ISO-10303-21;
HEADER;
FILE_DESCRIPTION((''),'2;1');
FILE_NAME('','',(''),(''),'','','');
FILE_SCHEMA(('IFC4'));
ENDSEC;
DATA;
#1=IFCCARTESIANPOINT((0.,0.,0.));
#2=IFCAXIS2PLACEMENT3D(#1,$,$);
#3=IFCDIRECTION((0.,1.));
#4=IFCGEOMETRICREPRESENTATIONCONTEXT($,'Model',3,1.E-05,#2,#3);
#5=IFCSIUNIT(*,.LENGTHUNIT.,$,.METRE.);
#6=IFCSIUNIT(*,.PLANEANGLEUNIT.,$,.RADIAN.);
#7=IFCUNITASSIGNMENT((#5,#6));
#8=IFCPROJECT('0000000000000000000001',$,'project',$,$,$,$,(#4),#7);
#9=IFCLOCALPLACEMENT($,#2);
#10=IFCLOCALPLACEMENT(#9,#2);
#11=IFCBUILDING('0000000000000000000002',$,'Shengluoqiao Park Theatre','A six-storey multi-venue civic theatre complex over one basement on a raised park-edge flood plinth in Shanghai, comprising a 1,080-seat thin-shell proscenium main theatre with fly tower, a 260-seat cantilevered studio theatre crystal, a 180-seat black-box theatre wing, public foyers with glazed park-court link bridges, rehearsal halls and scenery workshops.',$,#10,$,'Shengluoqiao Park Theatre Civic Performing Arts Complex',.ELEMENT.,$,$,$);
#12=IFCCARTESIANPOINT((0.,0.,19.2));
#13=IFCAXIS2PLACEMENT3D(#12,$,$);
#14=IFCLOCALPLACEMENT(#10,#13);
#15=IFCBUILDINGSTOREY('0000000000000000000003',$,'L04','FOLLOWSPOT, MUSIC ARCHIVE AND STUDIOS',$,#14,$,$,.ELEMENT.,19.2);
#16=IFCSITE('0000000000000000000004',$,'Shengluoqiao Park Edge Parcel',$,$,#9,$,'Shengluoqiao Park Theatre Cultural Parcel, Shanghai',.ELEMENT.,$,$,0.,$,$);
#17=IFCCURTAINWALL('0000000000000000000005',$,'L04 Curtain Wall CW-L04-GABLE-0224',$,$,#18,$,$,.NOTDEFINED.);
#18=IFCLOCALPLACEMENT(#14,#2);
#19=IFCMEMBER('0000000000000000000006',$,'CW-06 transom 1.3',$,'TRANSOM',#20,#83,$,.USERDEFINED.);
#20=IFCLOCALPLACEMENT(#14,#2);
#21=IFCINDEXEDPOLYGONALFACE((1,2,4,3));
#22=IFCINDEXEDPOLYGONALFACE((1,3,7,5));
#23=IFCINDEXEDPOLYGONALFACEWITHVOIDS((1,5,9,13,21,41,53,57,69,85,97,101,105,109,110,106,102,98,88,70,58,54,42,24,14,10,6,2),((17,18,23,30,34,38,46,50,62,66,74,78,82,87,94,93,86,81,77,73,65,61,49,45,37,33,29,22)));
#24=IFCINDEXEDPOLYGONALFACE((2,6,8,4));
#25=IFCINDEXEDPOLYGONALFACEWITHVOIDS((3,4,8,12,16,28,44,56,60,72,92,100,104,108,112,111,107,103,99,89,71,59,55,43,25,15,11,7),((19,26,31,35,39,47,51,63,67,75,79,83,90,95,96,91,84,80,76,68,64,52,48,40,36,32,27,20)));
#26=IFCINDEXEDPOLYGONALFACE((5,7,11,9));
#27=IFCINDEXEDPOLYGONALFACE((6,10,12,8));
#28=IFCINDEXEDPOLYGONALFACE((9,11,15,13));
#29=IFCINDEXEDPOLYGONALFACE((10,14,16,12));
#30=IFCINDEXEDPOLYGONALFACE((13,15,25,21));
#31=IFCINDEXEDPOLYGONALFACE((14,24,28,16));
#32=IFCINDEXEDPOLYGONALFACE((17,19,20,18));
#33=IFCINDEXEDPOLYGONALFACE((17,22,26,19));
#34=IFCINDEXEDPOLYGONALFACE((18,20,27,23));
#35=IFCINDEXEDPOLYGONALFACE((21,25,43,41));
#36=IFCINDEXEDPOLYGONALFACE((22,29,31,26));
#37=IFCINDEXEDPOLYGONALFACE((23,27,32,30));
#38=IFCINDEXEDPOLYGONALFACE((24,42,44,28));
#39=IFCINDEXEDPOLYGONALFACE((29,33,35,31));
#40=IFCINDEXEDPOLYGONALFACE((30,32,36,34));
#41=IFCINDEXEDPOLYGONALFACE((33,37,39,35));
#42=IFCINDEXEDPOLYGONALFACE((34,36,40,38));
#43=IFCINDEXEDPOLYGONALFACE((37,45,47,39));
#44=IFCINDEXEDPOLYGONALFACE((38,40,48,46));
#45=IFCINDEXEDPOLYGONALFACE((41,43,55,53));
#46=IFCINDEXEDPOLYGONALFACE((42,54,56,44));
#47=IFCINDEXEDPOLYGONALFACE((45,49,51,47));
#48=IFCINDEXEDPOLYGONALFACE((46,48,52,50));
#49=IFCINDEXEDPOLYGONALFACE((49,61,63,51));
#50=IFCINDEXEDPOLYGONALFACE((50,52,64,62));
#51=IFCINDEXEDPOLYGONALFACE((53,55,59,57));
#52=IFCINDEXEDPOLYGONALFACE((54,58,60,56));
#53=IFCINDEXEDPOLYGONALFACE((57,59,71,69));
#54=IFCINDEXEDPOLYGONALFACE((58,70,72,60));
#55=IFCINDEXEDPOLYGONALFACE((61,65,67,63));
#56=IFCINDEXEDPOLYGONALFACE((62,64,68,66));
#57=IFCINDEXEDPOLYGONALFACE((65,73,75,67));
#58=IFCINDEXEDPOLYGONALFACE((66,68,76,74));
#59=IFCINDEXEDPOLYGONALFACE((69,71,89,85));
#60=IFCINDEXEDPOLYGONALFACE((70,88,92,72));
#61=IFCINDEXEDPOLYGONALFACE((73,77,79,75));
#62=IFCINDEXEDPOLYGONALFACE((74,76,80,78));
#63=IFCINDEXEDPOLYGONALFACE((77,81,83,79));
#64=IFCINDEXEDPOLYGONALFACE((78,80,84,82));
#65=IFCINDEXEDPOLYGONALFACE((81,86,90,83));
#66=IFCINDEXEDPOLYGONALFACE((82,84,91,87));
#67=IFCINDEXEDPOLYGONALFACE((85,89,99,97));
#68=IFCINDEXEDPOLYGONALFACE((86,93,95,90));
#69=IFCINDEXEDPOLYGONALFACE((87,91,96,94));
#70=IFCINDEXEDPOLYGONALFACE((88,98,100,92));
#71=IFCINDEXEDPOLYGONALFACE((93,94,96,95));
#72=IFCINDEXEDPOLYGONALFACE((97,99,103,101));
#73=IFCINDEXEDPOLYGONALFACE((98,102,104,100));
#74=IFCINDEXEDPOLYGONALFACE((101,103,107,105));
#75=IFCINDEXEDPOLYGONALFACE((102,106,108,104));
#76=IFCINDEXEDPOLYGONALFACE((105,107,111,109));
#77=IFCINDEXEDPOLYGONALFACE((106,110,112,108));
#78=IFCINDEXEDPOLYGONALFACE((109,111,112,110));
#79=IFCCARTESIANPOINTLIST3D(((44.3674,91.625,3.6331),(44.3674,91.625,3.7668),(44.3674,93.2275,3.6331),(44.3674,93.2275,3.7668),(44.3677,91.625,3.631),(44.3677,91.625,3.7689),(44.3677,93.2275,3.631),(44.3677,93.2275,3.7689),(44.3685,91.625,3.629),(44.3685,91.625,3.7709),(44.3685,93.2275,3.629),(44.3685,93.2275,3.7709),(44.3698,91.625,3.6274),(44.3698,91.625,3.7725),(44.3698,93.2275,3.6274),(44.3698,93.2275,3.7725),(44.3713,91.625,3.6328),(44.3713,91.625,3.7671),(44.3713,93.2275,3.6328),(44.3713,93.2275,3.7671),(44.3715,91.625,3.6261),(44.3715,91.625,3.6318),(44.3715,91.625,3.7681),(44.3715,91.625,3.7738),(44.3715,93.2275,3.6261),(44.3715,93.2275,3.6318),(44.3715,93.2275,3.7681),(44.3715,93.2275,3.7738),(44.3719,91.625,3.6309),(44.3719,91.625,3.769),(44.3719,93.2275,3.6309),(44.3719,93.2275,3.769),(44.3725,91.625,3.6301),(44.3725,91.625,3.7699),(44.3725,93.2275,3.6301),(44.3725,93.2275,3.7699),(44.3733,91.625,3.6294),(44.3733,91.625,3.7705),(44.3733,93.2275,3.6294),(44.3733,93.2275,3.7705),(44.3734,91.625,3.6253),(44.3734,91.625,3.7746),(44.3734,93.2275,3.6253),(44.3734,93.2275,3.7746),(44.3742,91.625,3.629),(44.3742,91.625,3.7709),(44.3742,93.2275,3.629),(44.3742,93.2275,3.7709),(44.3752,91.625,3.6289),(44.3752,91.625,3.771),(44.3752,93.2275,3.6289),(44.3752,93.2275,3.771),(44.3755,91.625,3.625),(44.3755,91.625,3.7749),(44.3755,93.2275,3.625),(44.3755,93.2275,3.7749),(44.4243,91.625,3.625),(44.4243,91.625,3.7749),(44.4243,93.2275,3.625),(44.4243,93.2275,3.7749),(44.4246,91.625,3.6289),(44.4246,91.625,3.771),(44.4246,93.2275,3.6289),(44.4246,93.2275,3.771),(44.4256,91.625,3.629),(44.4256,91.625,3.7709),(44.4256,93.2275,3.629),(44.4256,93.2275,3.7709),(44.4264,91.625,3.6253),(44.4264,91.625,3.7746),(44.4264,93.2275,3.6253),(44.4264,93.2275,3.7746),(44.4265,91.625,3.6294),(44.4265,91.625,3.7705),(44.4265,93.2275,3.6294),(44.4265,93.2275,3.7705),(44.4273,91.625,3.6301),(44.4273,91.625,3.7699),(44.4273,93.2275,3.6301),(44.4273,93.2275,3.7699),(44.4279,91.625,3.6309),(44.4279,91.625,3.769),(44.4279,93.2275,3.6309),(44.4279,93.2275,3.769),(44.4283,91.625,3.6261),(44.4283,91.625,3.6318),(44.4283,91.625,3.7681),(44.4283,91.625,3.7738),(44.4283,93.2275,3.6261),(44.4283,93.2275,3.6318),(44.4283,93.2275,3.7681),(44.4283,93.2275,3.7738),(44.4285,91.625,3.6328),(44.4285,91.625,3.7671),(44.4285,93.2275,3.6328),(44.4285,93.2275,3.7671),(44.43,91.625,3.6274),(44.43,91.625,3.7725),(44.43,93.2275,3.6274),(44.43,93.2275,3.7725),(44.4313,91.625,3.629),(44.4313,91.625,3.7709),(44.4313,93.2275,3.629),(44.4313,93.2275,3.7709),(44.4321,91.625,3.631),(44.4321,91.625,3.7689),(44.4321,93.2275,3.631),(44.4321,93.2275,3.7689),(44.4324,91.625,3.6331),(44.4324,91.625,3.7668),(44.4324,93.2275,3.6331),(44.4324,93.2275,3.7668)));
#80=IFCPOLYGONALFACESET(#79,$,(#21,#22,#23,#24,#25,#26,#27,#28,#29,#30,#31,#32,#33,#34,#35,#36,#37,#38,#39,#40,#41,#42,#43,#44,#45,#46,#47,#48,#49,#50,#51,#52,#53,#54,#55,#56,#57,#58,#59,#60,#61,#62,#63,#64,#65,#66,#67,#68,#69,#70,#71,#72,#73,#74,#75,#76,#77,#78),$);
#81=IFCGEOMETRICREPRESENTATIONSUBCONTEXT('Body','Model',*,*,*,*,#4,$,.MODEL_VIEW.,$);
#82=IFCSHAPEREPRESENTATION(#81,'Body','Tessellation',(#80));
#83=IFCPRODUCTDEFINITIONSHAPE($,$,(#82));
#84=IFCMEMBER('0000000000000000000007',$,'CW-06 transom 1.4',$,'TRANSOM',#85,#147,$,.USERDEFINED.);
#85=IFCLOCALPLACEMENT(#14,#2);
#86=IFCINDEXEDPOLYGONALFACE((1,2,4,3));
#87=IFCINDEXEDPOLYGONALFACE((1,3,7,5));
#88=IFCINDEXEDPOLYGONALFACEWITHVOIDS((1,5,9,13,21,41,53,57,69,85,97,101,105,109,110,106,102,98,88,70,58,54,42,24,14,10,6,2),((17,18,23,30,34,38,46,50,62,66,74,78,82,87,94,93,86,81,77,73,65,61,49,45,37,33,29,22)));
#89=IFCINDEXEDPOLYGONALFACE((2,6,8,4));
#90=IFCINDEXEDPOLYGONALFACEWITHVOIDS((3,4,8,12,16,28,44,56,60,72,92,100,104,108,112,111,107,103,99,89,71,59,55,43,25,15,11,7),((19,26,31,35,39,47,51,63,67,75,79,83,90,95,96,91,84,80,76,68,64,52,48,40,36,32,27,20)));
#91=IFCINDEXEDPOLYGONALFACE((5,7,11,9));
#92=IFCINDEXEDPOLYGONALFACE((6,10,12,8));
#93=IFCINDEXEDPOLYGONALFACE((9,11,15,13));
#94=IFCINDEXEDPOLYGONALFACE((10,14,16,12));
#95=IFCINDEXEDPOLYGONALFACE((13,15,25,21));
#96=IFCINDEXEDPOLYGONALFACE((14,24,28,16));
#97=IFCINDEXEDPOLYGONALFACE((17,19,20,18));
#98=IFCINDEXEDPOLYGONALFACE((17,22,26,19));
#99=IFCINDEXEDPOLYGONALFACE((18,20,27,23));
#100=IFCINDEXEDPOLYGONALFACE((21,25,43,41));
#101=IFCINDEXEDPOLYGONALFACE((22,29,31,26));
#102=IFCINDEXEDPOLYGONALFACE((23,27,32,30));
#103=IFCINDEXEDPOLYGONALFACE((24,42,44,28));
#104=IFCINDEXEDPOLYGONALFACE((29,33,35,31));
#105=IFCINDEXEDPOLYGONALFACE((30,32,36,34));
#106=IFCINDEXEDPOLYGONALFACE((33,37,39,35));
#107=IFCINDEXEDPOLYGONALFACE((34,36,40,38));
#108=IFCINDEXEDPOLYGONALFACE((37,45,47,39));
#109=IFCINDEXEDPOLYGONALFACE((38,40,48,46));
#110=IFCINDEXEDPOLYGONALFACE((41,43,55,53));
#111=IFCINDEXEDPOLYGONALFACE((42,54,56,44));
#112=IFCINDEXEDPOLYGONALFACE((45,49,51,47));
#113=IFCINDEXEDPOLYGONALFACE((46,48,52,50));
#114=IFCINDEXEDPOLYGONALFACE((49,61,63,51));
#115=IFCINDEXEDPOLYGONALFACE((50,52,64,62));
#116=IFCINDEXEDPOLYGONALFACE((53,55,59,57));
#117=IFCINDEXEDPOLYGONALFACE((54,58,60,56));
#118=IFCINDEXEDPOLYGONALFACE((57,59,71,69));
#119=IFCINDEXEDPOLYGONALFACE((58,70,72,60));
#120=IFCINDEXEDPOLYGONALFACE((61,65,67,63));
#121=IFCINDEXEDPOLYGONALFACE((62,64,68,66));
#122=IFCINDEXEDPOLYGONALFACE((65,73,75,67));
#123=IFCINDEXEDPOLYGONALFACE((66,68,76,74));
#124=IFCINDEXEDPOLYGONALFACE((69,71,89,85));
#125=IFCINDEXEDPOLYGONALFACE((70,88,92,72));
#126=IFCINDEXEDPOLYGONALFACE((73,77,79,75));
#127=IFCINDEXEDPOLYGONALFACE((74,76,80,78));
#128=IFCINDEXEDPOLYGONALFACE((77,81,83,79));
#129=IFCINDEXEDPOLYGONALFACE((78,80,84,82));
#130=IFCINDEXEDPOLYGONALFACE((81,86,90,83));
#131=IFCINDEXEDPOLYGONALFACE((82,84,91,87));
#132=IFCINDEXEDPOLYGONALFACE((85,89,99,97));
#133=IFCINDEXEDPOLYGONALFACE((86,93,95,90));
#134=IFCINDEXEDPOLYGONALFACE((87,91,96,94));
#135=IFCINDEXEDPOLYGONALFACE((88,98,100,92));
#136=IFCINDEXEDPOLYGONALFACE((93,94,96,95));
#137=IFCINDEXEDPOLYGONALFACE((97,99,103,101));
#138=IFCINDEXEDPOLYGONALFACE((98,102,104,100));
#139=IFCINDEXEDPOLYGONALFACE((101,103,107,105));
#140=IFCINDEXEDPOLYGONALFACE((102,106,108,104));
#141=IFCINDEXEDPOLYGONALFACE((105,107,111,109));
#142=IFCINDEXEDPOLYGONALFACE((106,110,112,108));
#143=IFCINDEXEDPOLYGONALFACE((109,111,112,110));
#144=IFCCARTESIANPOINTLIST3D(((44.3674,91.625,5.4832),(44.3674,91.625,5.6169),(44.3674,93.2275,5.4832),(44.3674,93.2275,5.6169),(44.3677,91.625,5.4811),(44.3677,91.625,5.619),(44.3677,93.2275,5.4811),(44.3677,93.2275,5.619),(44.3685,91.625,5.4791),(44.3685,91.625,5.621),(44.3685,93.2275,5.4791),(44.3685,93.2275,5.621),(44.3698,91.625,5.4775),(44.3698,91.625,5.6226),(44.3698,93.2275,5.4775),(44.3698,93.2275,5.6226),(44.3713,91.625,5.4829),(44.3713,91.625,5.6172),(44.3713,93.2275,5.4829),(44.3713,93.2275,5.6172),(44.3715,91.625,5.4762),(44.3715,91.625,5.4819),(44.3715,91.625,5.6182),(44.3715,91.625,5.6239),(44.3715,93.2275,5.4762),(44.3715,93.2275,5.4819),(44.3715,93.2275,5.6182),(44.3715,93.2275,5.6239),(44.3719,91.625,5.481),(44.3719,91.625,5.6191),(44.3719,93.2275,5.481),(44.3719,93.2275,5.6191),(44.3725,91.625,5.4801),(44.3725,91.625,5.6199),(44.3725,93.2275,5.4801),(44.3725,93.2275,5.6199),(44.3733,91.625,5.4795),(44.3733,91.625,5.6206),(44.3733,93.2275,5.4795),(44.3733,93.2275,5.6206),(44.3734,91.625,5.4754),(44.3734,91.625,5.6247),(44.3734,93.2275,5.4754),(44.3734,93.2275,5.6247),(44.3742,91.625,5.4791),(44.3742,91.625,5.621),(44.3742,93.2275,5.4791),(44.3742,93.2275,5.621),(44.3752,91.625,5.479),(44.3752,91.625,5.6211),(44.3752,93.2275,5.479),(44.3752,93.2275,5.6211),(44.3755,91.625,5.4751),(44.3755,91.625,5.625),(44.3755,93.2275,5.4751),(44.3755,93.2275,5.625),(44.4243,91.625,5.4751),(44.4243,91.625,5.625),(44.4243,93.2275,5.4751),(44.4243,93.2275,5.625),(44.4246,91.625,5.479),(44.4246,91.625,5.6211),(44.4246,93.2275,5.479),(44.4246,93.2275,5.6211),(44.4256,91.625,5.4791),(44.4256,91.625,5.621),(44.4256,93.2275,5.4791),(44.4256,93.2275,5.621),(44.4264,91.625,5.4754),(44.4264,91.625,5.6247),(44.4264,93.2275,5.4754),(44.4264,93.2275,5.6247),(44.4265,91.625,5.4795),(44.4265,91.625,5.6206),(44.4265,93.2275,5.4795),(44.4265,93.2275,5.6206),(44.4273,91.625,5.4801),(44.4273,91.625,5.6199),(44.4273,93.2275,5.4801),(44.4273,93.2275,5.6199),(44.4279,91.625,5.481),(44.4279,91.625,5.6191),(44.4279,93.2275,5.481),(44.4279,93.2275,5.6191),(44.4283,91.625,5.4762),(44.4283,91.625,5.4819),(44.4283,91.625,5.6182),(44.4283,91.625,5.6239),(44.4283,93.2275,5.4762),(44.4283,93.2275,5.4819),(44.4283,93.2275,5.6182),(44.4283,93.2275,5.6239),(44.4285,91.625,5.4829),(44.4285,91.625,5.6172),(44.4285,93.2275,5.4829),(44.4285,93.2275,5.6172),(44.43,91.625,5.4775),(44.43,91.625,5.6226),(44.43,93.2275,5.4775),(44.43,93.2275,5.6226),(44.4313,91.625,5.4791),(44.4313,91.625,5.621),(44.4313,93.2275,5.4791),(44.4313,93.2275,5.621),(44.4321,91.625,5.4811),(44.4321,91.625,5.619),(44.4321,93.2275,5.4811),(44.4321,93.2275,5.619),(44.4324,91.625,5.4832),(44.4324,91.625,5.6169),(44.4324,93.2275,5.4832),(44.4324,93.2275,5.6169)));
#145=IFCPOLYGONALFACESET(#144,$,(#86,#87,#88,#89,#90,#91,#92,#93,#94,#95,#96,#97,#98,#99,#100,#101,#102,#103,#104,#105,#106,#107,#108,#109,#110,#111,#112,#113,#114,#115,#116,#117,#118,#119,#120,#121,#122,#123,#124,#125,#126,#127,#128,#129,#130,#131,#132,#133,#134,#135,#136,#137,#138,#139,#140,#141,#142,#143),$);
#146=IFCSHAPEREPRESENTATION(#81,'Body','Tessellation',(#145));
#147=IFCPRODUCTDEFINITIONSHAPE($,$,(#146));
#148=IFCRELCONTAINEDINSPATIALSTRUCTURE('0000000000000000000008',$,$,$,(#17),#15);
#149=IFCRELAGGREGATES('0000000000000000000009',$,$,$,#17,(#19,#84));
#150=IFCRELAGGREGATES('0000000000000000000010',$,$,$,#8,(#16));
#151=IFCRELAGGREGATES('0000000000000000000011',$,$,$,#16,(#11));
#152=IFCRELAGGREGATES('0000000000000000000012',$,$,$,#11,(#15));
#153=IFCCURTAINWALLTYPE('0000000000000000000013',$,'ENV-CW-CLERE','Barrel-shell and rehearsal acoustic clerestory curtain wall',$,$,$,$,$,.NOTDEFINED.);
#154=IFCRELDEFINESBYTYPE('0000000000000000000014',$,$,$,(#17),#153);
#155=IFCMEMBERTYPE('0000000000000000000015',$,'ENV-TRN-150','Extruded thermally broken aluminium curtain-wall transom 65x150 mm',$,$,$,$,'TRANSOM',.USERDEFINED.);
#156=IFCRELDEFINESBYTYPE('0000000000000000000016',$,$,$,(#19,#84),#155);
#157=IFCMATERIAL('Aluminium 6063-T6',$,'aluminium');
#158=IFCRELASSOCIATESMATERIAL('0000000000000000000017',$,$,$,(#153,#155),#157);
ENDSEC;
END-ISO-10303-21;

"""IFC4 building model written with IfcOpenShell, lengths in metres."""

from ifc_helpers import new_model, si_unit, direction, frame, origin, origin_2d, place, context, subcontext, project, spatial, hollow_rectangle, extrude, material, material_profile, profile_set, type_object, element, aggregate, save


model = new_model("IFC4")

# Units and contexts
model_context = context("Model", 3, precision=1e-05, world=origin(), true_north=direction((0.0, 1.0)))
body_context = subcontext(model_context, "Body", "Model", "MODEL_VIEW")
ifc_project = project(units=[si_unit("LENGTHUNIT", "METRE"), si_unit("PLANEANGLEUNIT", "RADIAN")], contexts=[model_context])

# Site, building, storey
site_placement = place(None, origin())
site = spatial("IfcSite", under=ifc_project, at=site_placement, Name="Shengluoqiao Park Edge Parcel", LongName="Shengluoqiao Park Theatre Cultural Parcel, Shanghai", CompositionType="ELEMENT", RefElevation=0.0)
building_placement = place(site_placement, origin())
building = spatial("IfcBuilding", under=site, at=building_placement, Name="Shengluoqiao Park Theatre", Description="A six-storey multi-venue civic theatre complex over one basement on a raised park-edge flood plinth in Shanghai, comprising a 1,080-seat thin-shell proscenium main theatre with fly tower, a 260-seat cantilevered studio theatre crystal, a 180-seat black-box theatre wing, public foyers with glazed park-court link bridges, rehearsal halls and scenery workshops.", LongName="Shengluoqiao Park Theatre Civic Performing Arts Complex", CompositionType="ELEMENT")
storey_placement = place(building_placement, frame((0.0, 0.0, 19.2)))
storey = spatial("IfcBuildingStorey", under=building, at=storey_placement, Name="L04", Description="FOLLOWSPOT, MUSIC ARCHIVE AND STUDIOS", CompositionType="ELEMENT", Elevation=19.2)

# Curtain wall
ifc_material_1 = material(Name="Aluminium 6063-T6", Category="aluminium")
curtain_wall_type = type_object("IfcCurtainWallType", Name="ENV-CW-CLERE", Description="Barrel-shell and rehearsal acoustic clerestory curtain wall", PredefinedType="NOTDEFINED", material=ifc_material_1)
curtain_wall_1_placement = place(storey_placement, origin())
curtain_wall_1 = element("IfcCurtainWall", 1, at=curtain_wall_1_placement, inside=storey, type_object=curtain_wall_type, Name="L04 Curtain Wall CW-L04-GABLE-0224", PredefinedType="NOTDEFINED")

# Members
ifc_material_profile_1 = material_profile(ifc_material_1, hollow_rectangle(XDim=0.0649, YDim=0.1499, WallThickness=0.0039, InnerFilletRadius=0.0039, OuterFilletRadius=0.0081, at=origin_2d()), Name="ALU TRANSOM 150x65x4")
ifc_profile_set_1 = profile_set([ifc_material_profile_1], Name="Aluminium 6063-T6")
member_type_1 = type_object("IfcMemberType", Name="ENV-TRN-150", Description="Extruded thermally broken aluminium curtain-wall transom 65x150 mm", ElementType="TRANSOM", PredefinedType="USERDEFINED", material=ifc_profile_set_1)
member_1_placement = place(storey_placement, frame((44.3999, 91.625, 3.7), z_axis=(0.0, 1.0, 0.0), x_axis=(-1.0, 0.0, 0.0)))
member_1 = element("IfcMember", 2, at=member_1_placement, type_object=member_type_1, Name="CW-06 transom 1.3", ObjectType="TRANSOM", PredefinedType="USERDEFINED", context=body_context, shape_type="SweptSolid", body=[
    extrude(hollow_rectangle(XDim=0.0649, YDim=0.1499, WallThickness=0.0039, InnerFilletRadius=0.0039, OuterFilletRadius=0.0081, at=origin_2d()), origin(), (0.0, 0.0, 1.0), 1.6025),
])
member_2_placement = place(storey_placement, frame((44.3999, 91.625, 5.55), z_axis=(0.0, 1.0, 0.0), x_axis=(-1.0, 0.0, 0.0)))
member_2 = element("IfcMember", 3, at=member_2_placement, type_object=member_type_1, Name="CW-06 transom 1.4", ObjectType="TRANSOM", PredefinedType="USERDEFINED", context=body_context, shape_type="SweptSolid", body=[
    extrude(hollow_rectangle(XDim=0.0649, YDim=0.1499, WallThickness=0.0039, InnerFilletRadius=0.0039, OuterFilletRadius=0.0081, at=origin_2d()), origin(), (0.0, 0.0, 1.0), 1.6025),
])

aggregate(curtain_wall_1, [member_1, member_2])

save(model, "model.ifc")
